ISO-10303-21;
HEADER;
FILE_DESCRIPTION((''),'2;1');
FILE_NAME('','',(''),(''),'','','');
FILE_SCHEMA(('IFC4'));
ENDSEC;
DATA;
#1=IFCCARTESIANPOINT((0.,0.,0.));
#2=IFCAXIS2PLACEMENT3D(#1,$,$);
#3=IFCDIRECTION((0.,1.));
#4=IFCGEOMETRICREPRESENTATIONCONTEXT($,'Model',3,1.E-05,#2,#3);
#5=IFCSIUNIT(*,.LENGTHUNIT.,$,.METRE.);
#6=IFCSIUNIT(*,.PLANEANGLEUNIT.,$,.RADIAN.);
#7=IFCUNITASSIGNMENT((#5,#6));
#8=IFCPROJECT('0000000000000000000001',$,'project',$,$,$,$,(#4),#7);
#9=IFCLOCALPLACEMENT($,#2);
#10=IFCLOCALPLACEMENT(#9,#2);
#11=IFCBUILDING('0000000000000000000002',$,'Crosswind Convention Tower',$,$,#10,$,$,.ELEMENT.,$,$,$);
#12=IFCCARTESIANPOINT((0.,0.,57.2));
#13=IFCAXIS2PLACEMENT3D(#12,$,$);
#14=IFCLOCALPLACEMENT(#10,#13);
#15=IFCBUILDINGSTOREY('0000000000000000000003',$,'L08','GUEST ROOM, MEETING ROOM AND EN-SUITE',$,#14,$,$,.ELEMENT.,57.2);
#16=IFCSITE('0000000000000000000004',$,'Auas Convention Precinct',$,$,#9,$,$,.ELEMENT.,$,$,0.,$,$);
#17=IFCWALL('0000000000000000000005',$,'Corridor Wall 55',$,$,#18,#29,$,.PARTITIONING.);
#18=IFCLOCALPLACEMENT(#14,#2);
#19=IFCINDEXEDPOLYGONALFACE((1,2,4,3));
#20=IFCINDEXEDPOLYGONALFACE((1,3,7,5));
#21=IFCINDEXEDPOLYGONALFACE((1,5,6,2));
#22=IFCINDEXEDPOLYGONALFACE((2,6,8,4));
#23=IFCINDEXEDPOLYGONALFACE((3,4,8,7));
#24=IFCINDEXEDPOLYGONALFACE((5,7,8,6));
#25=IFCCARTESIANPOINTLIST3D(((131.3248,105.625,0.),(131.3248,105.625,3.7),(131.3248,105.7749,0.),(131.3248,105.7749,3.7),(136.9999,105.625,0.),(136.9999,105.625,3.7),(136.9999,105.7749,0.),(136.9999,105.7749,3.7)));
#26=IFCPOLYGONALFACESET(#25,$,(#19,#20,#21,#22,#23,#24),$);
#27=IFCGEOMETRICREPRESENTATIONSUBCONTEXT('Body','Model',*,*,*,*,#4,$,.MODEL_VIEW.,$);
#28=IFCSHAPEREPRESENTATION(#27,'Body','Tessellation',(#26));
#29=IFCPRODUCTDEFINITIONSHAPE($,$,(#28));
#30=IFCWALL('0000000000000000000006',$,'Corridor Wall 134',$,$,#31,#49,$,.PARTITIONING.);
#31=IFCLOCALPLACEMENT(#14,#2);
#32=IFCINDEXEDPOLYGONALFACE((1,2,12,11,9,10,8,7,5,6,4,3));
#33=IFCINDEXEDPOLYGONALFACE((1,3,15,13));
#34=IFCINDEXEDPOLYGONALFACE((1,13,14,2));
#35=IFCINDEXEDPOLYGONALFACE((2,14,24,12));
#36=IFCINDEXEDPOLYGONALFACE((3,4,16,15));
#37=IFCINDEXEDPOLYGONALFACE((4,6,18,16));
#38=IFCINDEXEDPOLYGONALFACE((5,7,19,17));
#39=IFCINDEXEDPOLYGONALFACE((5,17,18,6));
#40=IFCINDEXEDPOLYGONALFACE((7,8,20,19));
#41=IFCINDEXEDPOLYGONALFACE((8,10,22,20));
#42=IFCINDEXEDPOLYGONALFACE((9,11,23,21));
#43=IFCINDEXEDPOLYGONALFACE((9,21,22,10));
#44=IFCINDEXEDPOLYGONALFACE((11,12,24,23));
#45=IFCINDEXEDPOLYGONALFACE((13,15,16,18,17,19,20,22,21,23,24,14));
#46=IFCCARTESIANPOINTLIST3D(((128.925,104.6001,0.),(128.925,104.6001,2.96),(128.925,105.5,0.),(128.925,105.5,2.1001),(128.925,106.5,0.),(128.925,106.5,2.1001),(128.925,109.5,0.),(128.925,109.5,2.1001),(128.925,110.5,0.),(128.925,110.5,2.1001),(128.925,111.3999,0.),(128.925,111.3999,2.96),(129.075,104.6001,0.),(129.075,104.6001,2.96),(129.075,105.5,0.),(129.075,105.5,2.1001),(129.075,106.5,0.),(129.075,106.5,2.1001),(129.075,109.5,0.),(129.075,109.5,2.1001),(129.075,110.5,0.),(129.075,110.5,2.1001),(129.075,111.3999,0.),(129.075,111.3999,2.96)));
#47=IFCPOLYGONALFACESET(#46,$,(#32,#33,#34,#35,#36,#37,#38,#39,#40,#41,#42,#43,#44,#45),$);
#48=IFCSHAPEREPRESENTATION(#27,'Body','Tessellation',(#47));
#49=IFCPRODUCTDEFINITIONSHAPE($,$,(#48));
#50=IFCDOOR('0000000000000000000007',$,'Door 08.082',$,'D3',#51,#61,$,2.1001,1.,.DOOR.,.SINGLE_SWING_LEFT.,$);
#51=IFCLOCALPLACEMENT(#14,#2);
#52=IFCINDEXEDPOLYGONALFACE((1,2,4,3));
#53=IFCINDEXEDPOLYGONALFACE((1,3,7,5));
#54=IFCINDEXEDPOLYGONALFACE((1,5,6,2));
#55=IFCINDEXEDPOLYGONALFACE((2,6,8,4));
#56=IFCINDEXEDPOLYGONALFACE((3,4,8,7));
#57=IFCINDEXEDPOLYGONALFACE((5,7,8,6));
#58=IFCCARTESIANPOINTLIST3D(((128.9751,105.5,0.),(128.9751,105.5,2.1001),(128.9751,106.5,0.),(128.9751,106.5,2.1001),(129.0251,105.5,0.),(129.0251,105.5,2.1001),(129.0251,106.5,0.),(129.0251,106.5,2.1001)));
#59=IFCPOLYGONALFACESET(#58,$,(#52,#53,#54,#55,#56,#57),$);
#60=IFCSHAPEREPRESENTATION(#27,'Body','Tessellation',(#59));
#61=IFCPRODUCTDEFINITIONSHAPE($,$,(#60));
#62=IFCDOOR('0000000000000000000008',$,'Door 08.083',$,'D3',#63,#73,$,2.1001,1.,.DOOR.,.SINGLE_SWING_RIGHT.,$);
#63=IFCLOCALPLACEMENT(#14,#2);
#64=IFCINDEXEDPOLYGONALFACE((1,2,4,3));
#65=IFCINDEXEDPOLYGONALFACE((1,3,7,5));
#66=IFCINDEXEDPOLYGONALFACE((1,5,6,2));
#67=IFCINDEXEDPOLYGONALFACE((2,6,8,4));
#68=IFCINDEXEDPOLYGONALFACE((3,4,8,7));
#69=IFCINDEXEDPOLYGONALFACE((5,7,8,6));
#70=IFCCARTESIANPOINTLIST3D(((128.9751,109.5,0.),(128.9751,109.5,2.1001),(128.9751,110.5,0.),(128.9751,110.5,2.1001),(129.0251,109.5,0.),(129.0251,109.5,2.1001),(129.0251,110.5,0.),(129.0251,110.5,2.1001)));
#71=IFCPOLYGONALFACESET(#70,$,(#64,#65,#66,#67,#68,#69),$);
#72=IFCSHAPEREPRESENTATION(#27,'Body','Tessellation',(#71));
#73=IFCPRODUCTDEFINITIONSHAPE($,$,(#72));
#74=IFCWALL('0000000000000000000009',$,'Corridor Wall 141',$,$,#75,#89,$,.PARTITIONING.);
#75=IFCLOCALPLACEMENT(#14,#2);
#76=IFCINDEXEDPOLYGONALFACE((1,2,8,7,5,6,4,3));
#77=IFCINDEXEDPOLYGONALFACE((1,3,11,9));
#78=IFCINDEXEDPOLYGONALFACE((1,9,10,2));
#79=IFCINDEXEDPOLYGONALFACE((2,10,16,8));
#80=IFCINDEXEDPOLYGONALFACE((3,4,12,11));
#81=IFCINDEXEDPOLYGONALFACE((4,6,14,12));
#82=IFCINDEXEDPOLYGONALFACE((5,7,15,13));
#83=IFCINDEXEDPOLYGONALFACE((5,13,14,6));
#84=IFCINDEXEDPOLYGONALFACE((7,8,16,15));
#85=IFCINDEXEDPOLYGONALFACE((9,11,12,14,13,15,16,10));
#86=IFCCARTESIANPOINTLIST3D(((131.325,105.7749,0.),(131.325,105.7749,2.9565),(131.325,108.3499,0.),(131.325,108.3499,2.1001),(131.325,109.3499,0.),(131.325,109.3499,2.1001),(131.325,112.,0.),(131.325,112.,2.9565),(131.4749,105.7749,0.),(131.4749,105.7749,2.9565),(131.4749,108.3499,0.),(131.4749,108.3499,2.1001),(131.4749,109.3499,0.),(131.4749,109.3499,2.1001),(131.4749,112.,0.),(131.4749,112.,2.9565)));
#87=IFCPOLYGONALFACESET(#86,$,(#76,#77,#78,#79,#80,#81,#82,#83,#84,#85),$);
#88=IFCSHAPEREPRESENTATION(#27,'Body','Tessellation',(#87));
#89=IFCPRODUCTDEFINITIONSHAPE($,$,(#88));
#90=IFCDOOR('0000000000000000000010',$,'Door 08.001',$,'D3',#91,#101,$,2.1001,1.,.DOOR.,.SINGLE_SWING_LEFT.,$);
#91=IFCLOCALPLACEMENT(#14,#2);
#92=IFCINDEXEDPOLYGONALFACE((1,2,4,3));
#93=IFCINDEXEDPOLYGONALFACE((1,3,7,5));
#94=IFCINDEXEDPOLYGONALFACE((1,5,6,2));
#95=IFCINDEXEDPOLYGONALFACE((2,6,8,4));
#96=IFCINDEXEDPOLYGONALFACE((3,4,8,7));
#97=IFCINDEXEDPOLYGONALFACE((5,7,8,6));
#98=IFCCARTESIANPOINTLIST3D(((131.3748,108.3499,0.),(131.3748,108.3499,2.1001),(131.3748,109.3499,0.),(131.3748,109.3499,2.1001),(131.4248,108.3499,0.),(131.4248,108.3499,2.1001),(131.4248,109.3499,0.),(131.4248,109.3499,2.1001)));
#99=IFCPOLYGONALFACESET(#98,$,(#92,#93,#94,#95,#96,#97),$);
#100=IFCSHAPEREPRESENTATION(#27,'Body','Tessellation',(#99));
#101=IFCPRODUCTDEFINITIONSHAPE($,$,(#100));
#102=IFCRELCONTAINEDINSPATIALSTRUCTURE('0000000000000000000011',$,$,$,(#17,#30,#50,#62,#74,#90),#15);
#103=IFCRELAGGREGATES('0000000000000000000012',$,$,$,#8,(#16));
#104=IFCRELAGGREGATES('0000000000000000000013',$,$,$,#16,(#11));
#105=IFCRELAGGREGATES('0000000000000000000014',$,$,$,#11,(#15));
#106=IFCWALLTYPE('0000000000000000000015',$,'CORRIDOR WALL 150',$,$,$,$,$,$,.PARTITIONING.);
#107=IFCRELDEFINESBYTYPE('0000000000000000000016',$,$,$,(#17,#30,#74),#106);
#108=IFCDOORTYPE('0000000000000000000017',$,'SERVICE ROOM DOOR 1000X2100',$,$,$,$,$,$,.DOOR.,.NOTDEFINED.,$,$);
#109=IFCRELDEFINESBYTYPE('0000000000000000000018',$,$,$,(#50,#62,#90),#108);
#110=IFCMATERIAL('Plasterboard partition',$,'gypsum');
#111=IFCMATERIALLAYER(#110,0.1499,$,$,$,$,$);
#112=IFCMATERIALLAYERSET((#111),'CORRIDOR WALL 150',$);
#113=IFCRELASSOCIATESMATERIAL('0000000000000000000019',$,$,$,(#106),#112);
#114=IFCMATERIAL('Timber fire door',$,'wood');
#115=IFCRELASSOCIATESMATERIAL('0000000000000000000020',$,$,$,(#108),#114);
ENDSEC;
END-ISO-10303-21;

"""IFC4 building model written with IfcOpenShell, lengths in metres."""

from ifc_helpers import new_model, si_unit, direction, frame, frame_2d, origin, place, context, subcontext, project, spatial, rectangle, extrude, material, layer, layer_set, type_object, element, fill, save


model = new_model("IFC4")

# Units and contexts
model_context = context("Model", 3, precision=1e-05, world=origin(), true_north=direction((0.0, 1.0)))
body_context = subcontext(model_context, "Body", "Model", "MODEL_VIEW")
ifc_project = project(units=[si_unit("LENGTHUNIT", "METRE"), si_unit("PLANEANGLEUNIT", "RADIAN")], contexts=[model_context])

# Site, building, storey
site_placement = place(None, origin())
site = spatial("IfcSite", under=ifc_project, at=site_placement, Name="Auas Convention Precinct", CompositionType="ELEMENT", RefElevation=0.0)
building_placement = place(site_placement, origin())
building = spatial("IfcBuilding", under=site, at=building_placement, Name="Crosswind Convention Tower", CompositionType="ELEMENT")
storey_placement = place(building_placement, frame((0.0, 0.0, 57.2)))
storey = spatial("IfcBuildingStorey", under=building, at=storey_placement, Name="L08", Description="GUEST ROOM, MEETING ROOM AND EN-SUITE", CompositionType="ELEMENT", Elevation=57.2)

# Wall
ifc_material_1 = material(Name="Plasterboard partition", Category="gypsum")
ifc_layer_1 = layer(ifc_material_1, 0.1499)
ifc_layer_set_1 = layer_set([ifc_layer_1], Name="CORRIDOR WALL 150")
wall_type_1 = type_object("IfcWallType", Name="CORRIDOR WALL 150", PredefinedType="PARTITIONING", material=ifc_layer_set_1)
wall_1_placement = place(storey_placement, frame((131.325, 105.7, 0.0), z_axis=(0.0, 0.0, 1.0), x_axis=(1.0, 0.0, 0.0)))
element("IfcWall", 1, at=wall_1_placement, inside=storey, type_object=wall_type_1, Name="Corridor Wall 55", PredefinedType="PARTITIONING", context=body_context, shape_type="SweptSolid", body=[
    extrude(rectangle(XDim=5.675, YDim=0.1499, at=frame_2d((2.8374, 0.0))), origin(), (0.0, 0.0, 1.0), 3.7),
])

# Wall, openings, doors
wall_2_placement = place(storey_placement, frame((129.0, 104.6001, 0.0), z_axis=(0.0, 0.0, 1.0), x_axis=(0.0, 1.0, 0.0)))
wall_2 = element("IfcWall", 2, at=wall_2_placement, inside=storey, type_object=wall_type_1, Name="Corridor Wall 134", PredefinedType="PARTITIONING", context=body_context, shape_type="SweptSolid", body=[
    extrude(rectangle(XDim=6.7998, YDim=0.1499, at=frame_2d((3.3999, 0.0))), origin(), (0.0, 0.0, 1.0), 2.96),
])
opening_1_placement = place(wall_2_placement, frame((0.8999, 0.0, 0.0)))
opening_1 = element("IfcOpeningElement", 3, at=opening_1_placement, cuts=wall_2, PredefinedType="OPENING", context=body_context, shape_type="SweptSolid", body=[
    extrude(rectangle(XDim=1.0, YDim=2.1001, at=frame_2d((0.5, 1.05))), frame((0.0, 0.085, 0.0), z_axis=(0.0, -1.0, 0.0), x_axis=(1.0, 0.0, 0.0)), (0.0, 0.0, 1.0), 0.1699),
])
opening_2_placement = place(wall_2_placement, frame((4.8999, 0.0, 0.0)))
opening_2 = element("IfcOpeningElement", 4, at=opening_2_placement, cuts=wall_2, PredefinedType="OPENING", context=body_context, shape_type="SweptSolid", body=[
    extrude(rectangle(XDim=1.0, YDim=2.1001, at=frame_2d((0.5, 1.05))), frame((0.0, 0.085, 0.0), z_axis=(0.0, -1.0, 0.0), x_axis=(1.0, 0.0, 0.0)), (0.0, 0.0, 1.0), 0.1699),
])
ifc_material_2 = material(Name="Timber fire door", Category="wood")
door_type_1 = type_object("IfcDoorType", Name="SERVICE ROOM DOOR 1000X2100", OperationType="NOTDEFINED", PredefinedType="DOOR", material=ifc_material_2)
door_1_placement = place(opening_1_placement, origin())
door_1 = element("IfcDoor", 5, at=door_1_placement, inside=storey, type_object=door_type_1, Name="Door 08.082", ObjectType="D3", OperationType="SINGLE_SWING_LEFT", OverallHeight=2.1001, OverallWidth=1.0, PredefinedType="DOOR", context=body_context, shape_type="SweptSolid", body=[
    extrude(rectangle(XDim=1.0, YDim=2.1001, at=frame_2d((0.5, 1.05))), frame((0.0, 0.0249, 0.0), z_axis=(0.0, -1.0, 0.0), x_axis=(1.0, 0.0, 0.0)), (0.0, 0.0, 1.0), 0.05),
])
fill(opening_1, door_1)
door_2_placement = place(opening_2_placement, origin())
door_2 = element("IfcDoor", 6, at=door_2_placement, inside=storey, type_object=door_type_1, Name="Door 08.083", ObjectType="D3", OperationType="SINGLE_SWING_RIGHT", OverallHeight=2.1001, OverallWidth=1.0, PredefinedType="DOOR", context=body_context, shape_type="SweptSolid", body=[
    extrude(rectangle(XDim=1.0, YDim=2.1001, at=frame_2d((0.5, 1.05))), frame((0.0, 0.0249, 0.0), z_axis=(0.0, -1.0, 0.0), x_axis=(1.0, 0.0, 0.0)), (0.0, 0.0, 1.0), 0.05),
])
fill(opening_2, door_2)

# Wall, opening, door
wall_3_placement = place(storey_placement, frame((131.3999, 105.7749, 0.0), z_axis=(0.0, 0.0, 1.0), x_axis=(0.0, 1.0, 0.0)))
wall_3 = element("IfcWall", 7, at=wall_3_placement, inside=storey, type_object=wall_type_1, Name="Corridor Wall 141", PredefinedType="PARTITIONING", context=body_context, shape_type="SweptSolid", body=[
    extrude(rectangle(XDim=6.2251, YDim=0.1499, at=frame_2d((3.1125, 0.0))), origin(), (0.0, 0.0, 1.0), 2.9565),
])
opening_3_placement = place(wall_3_placement, frame((2.575, 0.0, 0.0)))
opening_3 = element("IfcOpeningElement", 8, at=opening_3_placement, cuts=wall_3, PredefinedType="OPENING", context=body_context, shape_type="SweptSolid", body=[
    extrude(rectangle(XDim=1.0, YDim=2.1001, at=frame_2d((0.5, 1.05))), frame((0.0, 0.085, 0.0), z_axis=(0.0, -1.0, 0.0), x_axis=(1.0, 0.0, 0.0)), (0.0, 0.0, 1.0), 0.1699),
])
door_3_placement = place(opening_3_placement, frame((1.0, 0.0, 0.0), z_axis=(0.0, 0.0, 1.0), x_axis=(-1.0, 0.0, 0.0)))
door_3 = element("IfcDoor", 9, at=door_3_placement, inside=storey, type_object=door_type_1, Name="Door 08.001", ObjectType="D3", OperationType="SINGLE_SWING_LEFT", OverallHeight=2.1001, OverallWidth=1.0, PredefinedType="DOOR", context=body_context, shape_type="SweptSolid", body=[
    extrude(rectangle(XDim=1.0, YDim=2.1001, at=frame_2d((0.5, 1.05))), frame((0.0, 0.0249, 0.0), z_axis=(0.0, -1.0, 0.0), x_axis=(1.0, 0.0, 0.0)), (0.0, 0.0, 1.0), 0.05),
])
fill(opening_3, door_3)

save(model, "model.ifc")
